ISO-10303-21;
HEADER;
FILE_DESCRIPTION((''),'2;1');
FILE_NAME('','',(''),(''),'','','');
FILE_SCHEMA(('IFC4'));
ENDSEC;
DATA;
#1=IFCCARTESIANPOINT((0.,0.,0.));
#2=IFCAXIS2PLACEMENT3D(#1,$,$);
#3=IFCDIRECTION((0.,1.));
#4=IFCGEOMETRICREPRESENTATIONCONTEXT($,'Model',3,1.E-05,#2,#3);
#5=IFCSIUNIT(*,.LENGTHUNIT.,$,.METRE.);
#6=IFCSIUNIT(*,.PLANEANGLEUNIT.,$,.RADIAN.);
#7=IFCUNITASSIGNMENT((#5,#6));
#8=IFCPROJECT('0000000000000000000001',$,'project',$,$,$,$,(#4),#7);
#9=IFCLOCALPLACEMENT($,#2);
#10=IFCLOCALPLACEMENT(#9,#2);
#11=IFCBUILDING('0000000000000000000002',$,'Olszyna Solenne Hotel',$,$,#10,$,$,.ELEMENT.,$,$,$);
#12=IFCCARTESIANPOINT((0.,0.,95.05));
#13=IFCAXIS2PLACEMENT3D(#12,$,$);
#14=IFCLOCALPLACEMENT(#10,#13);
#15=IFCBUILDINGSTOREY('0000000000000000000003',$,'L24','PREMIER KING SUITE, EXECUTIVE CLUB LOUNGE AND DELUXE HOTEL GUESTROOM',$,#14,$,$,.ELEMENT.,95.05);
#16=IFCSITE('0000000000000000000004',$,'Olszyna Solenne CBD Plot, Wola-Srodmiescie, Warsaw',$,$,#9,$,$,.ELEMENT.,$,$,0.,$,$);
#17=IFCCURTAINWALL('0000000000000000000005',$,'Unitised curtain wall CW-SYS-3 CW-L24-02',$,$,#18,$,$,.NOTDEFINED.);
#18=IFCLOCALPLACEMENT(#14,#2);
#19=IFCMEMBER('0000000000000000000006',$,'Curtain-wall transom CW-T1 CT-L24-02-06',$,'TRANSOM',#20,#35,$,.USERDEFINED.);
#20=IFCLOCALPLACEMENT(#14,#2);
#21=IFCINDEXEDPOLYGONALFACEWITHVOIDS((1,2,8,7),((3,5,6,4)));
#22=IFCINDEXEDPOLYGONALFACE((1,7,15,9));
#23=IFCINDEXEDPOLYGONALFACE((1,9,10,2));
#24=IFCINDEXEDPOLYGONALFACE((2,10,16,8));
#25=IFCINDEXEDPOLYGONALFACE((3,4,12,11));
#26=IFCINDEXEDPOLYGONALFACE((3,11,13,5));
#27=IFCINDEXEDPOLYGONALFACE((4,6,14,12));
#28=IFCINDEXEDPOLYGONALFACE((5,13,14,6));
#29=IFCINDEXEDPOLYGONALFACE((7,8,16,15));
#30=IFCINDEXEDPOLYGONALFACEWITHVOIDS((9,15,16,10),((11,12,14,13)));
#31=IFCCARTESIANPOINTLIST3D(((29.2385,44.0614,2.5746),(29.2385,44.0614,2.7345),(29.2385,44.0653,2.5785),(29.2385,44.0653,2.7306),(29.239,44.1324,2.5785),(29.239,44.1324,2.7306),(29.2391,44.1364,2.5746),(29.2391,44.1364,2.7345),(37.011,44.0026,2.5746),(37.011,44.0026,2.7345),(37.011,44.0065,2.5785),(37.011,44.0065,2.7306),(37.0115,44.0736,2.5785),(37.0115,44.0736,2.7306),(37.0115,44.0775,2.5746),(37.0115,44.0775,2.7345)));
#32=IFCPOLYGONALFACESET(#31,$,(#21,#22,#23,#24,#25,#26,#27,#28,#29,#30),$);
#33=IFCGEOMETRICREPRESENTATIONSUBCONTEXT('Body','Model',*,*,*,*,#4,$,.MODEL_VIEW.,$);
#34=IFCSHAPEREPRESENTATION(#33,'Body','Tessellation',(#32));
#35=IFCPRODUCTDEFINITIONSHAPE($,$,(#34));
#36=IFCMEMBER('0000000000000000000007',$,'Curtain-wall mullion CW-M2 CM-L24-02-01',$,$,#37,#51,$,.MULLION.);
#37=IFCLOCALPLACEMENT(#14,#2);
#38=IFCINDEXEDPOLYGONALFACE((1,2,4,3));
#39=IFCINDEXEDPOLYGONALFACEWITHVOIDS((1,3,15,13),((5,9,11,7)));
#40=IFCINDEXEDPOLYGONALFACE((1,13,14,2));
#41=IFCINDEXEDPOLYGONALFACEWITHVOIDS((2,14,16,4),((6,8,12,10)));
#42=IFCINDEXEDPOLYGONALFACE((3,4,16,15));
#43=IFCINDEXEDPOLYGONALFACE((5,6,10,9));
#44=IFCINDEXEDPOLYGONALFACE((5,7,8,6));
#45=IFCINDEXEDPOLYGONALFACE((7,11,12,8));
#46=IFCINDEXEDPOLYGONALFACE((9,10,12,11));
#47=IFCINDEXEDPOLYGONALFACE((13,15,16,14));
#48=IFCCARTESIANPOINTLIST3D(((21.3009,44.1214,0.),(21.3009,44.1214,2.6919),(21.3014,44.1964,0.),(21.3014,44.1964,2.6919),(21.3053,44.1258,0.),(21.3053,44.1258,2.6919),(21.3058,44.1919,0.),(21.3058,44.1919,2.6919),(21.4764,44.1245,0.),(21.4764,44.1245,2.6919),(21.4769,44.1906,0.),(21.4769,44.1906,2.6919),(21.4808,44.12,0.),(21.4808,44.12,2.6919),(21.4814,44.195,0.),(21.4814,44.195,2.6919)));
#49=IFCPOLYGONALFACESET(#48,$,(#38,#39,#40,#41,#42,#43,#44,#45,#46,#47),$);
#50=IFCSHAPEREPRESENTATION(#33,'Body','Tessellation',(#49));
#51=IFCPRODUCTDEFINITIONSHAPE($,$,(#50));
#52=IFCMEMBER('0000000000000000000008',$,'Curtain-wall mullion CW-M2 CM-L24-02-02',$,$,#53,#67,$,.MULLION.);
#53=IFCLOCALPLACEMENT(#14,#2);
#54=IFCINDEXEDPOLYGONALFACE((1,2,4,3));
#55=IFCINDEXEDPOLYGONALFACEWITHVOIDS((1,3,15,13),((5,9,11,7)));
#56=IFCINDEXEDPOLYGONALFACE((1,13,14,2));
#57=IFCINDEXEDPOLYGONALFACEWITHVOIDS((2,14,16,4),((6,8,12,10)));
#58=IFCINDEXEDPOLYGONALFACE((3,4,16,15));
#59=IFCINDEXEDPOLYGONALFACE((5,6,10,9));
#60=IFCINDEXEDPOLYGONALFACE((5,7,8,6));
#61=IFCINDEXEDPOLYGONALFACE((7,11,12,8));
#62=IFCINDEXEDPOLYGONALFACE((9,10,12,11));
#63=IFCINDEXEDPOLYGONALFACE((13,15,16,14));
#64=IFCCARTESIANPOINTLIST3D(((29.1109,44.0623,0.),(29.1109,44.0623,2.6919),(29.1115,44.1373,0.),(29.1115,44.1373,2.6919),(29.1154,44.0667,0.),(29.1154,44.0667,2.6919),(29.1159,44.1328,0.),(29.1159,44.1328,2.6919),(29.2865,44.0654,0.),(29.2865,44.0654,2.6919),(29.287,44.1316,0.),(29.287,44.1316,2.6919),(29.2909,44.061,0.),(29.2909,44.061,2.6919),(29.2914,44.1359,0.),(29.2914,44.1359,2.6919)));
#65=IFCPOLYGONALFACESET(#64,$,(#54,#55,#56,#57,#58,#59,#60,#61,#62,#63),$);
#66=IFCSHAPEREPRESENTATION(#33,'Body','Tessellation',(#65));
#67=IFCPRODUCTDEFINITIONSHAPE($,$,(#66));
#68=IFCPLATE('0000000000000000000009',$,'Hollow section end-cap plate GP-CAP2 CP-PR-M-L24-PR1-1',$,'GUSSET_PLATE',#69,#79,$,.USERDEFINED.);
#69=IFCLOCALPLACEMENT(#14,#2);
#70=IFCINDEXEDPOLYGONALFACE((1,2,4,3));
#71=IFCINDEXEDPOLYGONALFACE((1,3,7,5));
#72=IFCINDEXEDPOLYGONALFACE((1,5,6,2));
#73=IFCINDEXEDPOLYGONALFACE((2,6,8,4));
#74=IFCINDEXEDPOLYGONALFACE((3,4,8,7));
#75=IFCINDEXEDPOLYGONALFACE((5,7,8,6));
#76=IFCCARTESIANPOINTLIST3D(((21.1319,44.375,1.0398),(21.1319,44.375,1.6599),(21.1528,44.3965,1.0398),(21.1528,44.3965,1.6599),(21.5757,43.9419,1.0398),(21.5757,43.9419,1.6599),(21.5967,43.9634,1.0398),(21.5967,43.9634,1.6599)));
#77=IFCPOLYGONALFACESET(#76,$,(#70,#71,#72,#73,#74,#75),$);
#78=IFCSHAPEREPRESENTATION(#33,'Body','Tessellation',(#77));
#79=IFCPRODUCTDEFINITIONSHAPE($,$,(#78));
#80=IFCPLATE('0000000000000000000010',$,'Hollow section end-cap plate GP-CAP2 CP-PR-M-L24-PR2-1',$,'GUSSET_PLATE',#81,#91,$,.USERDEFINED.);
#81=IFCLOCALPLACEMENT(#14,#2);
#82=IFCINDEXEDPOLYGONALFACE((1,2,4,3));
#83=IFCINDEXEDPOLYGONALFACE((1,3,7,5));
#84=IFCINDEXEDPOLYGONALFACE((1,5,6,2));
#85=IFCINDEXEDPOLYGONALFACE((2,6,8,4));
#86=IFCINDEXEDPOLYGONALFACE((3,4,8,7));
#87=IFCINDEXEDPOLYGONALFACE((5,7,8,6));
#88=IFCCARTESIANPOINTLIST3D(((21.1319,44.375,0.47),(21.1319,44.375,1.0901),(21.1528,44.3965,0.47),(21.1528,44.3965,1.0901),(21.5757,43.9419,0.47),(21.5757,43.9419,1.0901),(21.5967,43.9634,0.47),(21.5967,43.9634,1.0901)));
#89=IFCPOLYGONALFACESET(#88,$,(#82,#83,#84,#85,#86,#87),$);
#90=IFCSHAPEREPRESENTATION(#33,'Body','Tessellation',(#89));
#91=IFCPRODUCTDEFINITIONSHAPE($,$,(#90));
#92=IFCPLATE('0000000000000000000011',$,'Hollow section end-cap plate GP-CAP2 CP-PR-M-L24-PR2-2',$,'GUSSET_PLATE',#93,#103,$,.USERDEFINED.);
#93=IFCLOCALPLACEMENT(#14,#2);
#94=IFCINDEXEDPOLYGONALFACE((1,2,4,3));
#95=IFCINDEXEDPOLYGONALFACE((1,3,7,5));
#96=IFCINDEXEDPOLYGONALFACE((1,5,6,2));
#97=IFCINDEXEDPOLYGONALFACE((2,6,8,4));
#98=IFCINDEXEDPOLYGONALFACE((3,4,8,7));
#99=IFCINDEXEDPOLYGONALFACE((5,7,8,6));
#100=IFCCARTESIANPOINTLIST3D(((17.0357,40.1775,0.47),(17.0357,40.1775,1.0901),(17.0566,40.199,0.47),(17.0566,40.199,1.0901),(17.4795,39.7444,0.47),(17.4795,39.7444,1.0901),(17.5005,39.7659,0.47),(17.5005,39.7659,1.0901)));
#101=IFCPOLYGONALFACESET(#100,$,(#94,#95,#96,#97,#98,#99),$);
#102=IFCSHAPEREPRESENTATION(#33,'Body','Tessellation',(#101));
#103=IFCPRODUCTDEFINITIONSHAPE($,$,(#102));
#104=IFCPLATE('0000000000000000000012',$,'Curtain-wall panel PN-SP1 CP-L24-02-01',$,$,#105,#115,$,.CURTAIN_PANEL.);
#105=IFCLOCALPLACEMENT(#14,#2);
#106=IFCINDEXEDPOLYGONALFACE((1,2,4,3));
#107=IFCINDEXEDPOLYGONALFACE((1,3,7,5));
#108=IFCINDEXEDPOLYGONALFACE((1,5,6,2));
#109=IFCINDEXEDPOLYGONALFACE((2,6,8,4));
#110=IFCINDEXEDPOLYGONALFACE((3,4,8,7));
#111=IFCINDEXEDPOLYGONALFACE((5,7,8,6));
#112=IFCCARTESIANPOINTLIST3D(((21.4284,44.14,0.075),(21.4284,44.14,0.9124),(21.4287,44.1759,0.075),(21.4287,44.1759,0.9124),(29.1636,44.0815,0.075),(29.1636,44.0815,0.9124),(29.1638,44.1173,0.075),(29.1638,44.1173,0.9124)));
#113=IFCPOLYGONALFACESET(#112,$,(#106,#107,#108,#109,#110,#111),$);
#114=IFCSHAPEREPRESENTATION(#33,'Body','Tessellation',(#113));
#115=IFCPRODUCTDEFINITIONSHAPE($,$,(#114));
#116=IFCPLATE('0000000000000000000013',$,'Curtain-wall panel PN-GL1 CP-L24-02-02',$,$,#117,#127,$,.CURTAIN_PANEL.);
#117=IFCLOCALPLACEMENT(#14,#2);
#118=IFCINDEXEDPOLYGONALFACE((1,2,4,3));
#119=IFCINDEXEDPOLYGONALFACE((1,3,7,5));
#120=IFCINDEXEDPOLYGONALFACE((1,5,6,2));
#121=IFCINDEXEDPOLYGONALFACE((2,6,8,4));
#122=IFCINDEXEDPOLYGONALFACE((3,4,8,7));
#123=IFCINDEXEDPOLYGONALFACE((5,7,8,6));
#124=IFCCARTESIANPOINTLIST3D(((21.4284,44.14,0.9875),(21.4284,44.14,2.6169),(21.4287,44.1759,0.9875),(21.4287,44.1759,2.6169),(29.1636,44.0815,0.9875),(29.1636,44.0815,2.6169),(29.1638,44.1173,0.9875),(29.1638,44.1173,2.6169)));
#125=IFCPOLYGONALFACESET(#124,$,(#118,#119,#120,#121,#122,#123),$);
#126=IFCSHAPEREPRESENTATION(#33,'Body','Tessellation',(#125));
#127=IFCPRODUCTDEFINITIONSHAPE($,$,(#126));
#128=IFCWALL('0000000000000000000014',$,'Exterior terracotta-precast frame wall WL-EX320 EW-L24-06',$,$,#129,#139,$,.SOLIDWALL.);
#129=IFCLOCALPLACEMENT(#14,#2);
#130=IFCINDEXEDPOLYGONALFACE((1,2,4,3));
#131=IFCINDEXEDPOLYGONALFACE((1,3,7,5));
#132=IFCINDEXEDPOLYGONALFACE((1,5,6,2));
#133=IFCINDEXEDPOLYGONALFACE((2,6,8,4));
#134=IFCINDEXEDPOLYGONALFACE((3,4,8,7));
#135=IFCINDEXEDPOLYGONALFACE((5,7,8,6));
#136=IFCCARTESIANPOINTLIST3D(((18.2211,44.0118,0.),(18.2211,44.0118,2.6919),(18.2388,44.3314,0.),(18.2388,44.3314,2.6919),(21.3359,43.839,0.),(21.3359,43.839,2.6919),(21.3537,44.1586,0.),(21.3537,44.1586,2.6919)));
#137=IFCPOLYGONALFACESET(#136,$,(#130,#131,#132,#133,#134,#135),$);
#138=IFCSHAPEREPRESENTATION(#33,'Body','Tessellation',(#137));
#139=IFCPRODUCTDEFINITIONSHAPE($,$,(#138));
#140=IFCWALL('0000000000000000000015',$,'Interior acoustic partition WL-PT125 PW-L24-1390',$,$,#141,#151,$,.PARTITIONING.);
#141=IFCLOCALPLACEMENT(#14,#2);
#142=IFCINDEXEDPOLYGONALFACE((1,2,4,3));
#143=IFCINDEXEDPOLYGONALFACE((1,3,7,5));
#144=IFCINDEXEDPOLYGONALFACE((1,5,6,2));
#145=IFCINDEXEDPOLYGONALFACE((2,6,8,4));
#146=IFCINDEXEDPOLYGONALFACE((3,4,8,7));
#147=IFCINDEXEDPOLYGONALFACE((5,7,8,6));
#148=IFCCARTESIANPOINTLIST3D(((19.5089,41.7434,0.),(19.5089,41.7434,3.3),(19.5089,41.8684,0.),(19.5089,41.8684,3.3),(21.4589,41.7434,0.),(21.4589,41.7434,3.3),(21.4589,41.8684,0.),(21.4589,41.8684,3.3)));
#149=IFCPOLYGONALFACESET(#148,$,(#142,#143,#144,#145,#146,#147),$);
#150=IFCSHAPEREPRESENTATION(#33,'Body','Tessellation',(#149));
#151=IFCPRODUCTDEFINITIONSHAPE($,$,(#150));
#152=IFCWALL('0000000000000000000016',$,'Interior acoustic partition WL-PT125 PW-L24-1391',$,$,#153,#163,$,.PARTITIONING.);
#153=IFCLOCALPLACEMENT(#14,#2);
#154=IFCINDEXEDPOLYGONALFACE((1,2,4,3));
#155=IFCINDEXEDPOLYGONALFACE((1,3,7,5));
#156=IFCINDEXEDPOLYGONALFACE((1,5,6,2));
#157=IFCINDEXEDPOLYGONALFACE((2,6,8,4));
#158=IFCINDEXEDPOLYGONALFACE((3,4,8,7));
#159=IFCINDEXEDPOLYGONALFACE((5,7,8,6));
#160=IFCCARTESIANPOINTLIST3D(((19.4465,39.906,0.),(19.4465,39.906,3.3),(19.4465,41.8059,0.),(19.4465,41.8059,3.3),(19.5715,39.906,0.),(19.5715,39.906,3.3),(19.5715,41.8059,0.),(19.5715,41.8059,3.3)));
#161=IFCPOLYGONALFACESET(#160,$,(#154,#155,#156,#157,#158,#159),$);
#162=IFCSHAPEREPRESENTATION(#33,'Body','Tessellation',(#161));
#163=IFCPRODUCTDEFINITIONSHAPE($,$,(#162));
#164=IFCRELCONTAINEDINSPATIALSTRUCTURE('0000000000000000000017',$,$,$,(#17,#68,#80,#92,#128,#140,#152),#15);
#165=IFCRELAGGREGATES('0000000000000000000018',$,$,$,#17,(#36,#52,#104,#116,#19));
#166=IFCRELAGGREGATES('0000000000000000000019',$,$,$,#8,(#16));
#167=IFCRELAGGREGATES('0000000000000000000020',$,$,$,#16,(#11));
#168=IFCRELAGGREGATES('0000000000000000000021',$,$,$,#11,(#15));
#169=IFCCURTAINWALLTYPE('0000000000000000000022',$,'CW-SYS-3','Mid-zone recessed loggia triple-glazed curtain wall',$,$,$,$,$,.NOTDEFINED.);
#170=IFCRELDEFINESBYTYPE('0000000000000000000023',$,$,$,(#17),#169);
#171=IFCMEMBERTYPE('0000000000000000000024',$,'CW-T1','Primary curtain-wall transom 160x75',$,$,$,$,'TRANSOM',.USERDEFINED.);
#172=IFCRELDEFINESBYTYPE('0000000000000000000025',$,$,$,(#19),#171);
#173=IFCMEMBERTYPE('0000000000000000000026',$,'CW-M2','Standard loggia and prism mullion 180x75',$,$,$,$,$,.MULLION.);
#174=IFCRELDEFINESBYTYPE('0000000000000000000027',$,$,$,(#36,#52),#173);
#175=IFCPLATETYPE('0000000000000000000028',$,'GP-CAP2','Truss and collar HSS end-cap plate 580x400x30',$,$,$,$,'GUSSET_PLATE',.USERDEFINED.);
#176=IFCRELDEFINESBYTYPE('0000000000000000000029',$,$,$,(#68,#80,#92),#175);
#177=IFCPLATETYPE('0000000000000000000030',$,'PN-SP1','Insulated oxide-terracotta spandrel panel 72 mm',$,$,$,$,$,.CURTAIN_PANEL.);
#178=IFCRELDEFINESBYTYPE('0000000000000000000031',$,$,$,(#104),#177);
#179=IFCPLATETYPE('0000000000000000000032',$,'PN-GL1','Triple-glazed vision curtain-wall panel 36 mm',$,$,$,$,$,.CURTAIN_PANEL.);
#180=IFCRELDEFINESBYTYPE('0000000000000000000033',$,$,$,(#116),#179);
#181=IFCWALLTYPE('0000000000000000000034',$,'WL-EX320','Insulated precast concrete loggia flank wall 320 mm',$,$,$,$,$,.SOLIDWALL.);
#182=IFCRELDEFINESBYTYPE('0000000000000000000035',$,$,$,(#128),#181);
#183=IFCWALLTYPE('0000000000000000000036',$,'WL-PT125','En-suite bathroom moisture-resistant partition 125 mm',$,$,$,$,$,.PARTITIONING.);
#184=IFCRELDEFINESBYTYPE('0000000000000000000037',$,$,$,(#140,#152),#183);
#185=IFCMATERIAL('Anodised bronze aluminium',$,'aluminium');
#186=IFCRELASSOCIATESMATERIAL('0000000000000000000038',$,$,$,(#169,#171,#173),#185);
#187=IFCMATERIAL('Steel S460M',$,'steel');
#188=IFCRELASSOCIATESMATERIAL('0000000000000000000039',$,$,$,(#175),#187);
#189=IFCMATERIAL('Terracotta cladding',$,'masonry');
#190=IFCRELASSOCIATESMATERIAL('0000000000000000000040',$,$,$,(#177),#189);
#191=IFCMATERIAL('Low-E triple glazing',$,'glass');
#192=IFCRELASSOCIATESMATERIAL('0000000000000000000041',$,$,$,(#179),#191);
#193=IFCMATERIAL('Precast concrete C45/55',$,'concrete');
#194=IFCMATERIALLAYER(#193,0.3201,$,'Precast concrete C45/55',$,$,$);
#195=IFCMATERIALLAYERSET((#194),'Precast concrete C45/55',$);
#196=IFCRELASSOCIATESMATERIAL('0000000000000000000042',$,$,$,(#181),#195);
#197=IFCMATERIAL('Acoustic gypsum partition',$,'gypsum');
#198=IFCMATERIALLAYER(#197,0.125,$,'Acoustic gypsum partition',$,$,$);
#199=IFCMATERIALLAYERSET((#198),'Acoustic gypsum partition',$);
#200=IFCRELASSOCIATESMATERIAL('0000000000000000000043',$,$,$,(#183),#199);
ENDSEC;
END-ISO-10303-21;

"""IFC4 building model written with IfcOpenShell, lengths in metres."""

from ifc_helpers import new_model, si_unit, direction, frame, frame_2d, origin, origin_2d, place, context, subcontext, project, spatial, rectangle, hollow_rectangle, extrude, source, transform, mapped, material, layer, layer_set, material_profile, profile_set, type_object, element, aggregate, save


model = new_model("IFC4")

# Units and contexts
model_context = context("Model", 3, precision=1e-05, world=origin(), true_north=direction((0.0, 1.0)))
body_context = subcontext(model_context, "Body", "Model", "MODEL_VIEW")
ifc_project = project(units=[si_unit("LENGTHUNIT", "METRE"), si_unit("PLANEANGLEUNIT", "RADIAN")], contexts=[model_context])

# Site, building, storey
site_placement = place(None, origin())
site = spatial("IfcSite", under=ifc_project, at=site_placement, Name="Olszyna Solenne CBD Plot, Wola-Srodmiescie, Warsaw", CompositionType="ELEMENT", RefElevation=0.0)
building_placement = place(site_placement, origin())
building = spatial("IfcBuilding", under=site, at=building_placement, Name="Olszyna Solenne Hotel", CompositionType="ELEMENT")
storey_placement = place(building_placement, frame((0.0, 0.0, 95.05)))
storey = spatial("IfcBuildingStorey", under=building, at=storey_placement, Name="L24", Description="PREMIER KING SUITE, EXECUTIVE CLUB LOUNGE AND DELUXE HOTEL GUESTROOM", CompositionType="ELEMENT", Elevation=95.05)

# Shared definitions
ifc_material_1 = material(Name="Steel S460M", Category="steel")

# Curtain wall, members
ifc_material_2 = material(Name="Anodised bronze aluminium", Category="aluminium")
curtain_wall_type = type_object("IfcCurtainWallType", Name="CW-SYS-3", Description="Mid-zone recessed loggia triple-glazed curtain wall", PredefinedType="NOTDEFINED", material=ifc_material_2)
curtain_wall_placement = place(storey_placement, origin())
curtain_wall = element("IfcCurtainWall", 1, at=curtain_wall_placement, inside=storey, type_object=curtain_wall_type, Name="Unitised curtain wall CW-SYS-3 CW-L24-02", PredefinedType="NOTDEFINED")
ifc_material_profile_1 = material_profile(ifc_material_2, hollow_rectangle(XDim=0.075, YDim=0.1599, WallThickness=0.0039, at=origin_2d()), Name="TRAN 160x75x4", Category="load-bearing")
ifc_profile_set_1 = profile_set([ifc_material_profile_1], Name="Anodised bronze aluminium")
member_type_1 = type_object("IfcMemberType", Name="CW-T1", Description="Primary curtain-wall transom 160x75", ElementType="TRANSOM", PredefinedType="USERDEFINED", material=ifc_profile_set_1)
shared_shape_1 = source(origin(), body_context, "Body", "SweptSolid", [
    extrude(hollow_rectangle(XDim=0.075, YDim=0.1599, WallThickness=0.0039, at=origin_2d()), origin(), (0.0, 0.0, 1.0), 7.7727),
])
member_1_placement = place(storey_placement, frame((29.2388, 44.0989, 2.6545), z_axis=(0.999971, -0.00757, 0.0), x_axis=(0.00757, 0.999971, 0.0)))
member_1 = element("IfcMember", 2, at=member_1_placement, type_object=member_type_1, Name="Curtain-wall transom CW-T1 CT-L24-02-06", ObjectType="TRANSOM", PredefinedType="USERDEFINED", context=body_context, shape_type="MappedRepresentation", body=[
    mapped(shared_shape_1, transform((0.0, 0.0, 0.0), x_axis=(1.0, 0.0, 0.0), y_axis=(0.0, 1.0, 0.0), z_axis=(0.0, 0.0, 1.0), scale=1.0)),
])
ifc_material_profile_2 = material_profile(ifc_material_2, hollow_rectangle(XDim=0.075, YDim=0.1799, WallThickness=0.0044, at=origin_2d()), Name="MULL 180x75x4.5", Category="load-bearing")
ifc_profile_set_2 = profile_set([ifc_material_profile_2], Name="Anodised bronze aluminium")
member_type_2 = type_object("IfcMemberType", Name="CW-M2", Description="Standard loggia and prism mullion 180x75", PredefinedType="MULLION", material=ifc_profile_set_2)
shared_shape_2 = source(origin(), body_context, "Body", "SweptSolid", [
    extrude(hollow_rectangle(XDim=0.075, YDim=0.1799, WallThickness=0.0044, at=origin_2d()), origin(), (0.0, 0.0, 1.0), 2.6919),
])
member_2_placement = place(storey_placement, frame((21.3911, 44.1582, 0.0), z_axis=(0.0, 0.0, 1.0), x_axis=(0.007565, 0.999971, 0.0)))
member_2 = element("IfcMember", 3, at=member_2_placement, type_object=member_type_2, Name="Curtain-wall mullion CW-M2 CM-L24-02-01", PredefinedType="MULLION", context=body_context, shape_type="MappedRepresentation", body=[
    mapped(shared_shape_2, transform((0.0, 0.0, 0.0), x_axis=(1.0, 0.0, 0.0), y_axis=(0.0, 1.0, 0.0), z_axis=(0.0, 0.0, 1.0), scale=1.0)),
])
member_3_placement = place(storey_placement, frame((29.2012, 44.0991, 0.0), z_axis=(0.0, 0.0, 1.0), x_axis=(0.007565, 0.999971, 0.0)))
member_3 = element("IfcMember", 4, at=member_3_placement, type_object=member_type_2, Name="Curtain-wall mullion CW-M2 CM-L24-02-02", PredefinedType="MULLION", context=body_context, shape_type="MappedRepresentation", body=[
    mapped(shared_shape_2, transform((0.0, 0.0, 0.0), x_axis=(1.0, 0.0, 0.0), y_axis=(0.0, 1.0, 0.0), z_axis=(0.0, 0.0, 1.0), scale=1.0)),
])

# Plates
plate_type_1 = type_object("IfcPlateType", Name="GP-CAP2", Description="Truss and collar HSS end-cap plate 580x400x30", ElementType="GUSSET_PLATE", PredefinedType="USERDEFINED", material=ifc_material_1)
shared_shape_3 = source(origin(), body_context, "Body", "SweptSolid", [
    extrude(rectangle(XDim=0.03, YDim=0.6201, at=origin_2d()), origin(), (0.0, 0.0, 1.0), 0.6201),
])
for number, where, z_axis, x_axis, name in (
    (5, (21.3643, 44.1692, 1.0398), (0.0, 0.0, 1.0), (-0.698415, -0.715693, 0.0), "Hollow section end-cap plate GP-CAP2 CP-PR-M-L24-PR1-1"),
    (6, (21.3643, 44.1692, 0.47), (0.0, 0.0, 1.0), (-0.698415, -0.715693, 0.0), "Hollow section end-cap plate GP-CAP2 CP-PR-M-L24-PR2-1"),
    (7, (17.2681, 39.9717, 0.47), (0.0, 0.0, 1.0), (-0.698415, -0.715693, 0.0), "Hollow section end-cap plate GP-CAP2 CP-PR-M-L24-PR2-2"),
):
    element("IfcPlate", number, at=place(storey_placement, frame(where, z_axis=z_axis, x_axis=x_axis)), inside=storey, type_object=plate_type_1, Name=name, ObjectType="GUSSET_PLATE", PredefinedType="USERDEFINED", context=body_context, shape_type="MappedRepresentation", body=[
        mapped(shared_shape_3, transform((0.0, 0.0, 0.0), x_axis=(1.0, 0.0, 0.0), y_axis=(0.0, 1.0, 0.0), z_axis=(0.0, 0.0, 1.0), scale=1.0)),
    ])

# Plates
ifc_material_3 = material(Name="Terracotta cladding", Category="masonry")
plate_type_2 = type_object("IfcPlateType", Name="PN-SP1", Description="Insulated oxide-terracotta spandrel panel 72 mm", PredefinedType="CURTAIN_PANEL", material=ifc_material_3)
shared_shape_4 = source(origin(), body_context, "Body", "SweptSolid", [
    extrude(rectangle(XDim=7.7354, YDim=0.0359, at=origin_2d()), origin(), (0.0, 0.0, 1.0), 0.8374),
])
plate_1_placement = place(storey_placement, frame((25.2961, 44.1287, 0.075), z_axis=(0.0, 0.0, 1.0), x_axis=(0.999971, -0.007565, 0.0)))
plate_1 = element("IfcPlate", 8, at=plate_1_placement, type_object=plate_type_2, Name="Curtain-wall panel PN-SP1 CP-L24-02-01", PredefinedType="CURTAIN_PANEL", context=body_context, shape_type="MappedRepresentation", body=[
    mapped(shared_shape_4, transform((0.0, 0.0, 0.0), x_axis=(1.0, 0.0, 0.0), y_axis=(0.0, 1.0, 0.0), z_axis=(0.0, 0.0, 1.0), scale=1.0)),
])
ifc_material_4 = material(Name="Low-E triple glazing", Category="glass")
plate_type_3 = type_object("IfcPlateType", Name="PN-GL1", Description="Triple-glazed vision curtain-wall panel 36 mm", PredefinedType="CURTAIN_PANEL", material=ifc_material_4)
shared_shape_5 = source(origin(), body_context, "Body", "SweptSolid", [
    extrude(rectangle(XDim=7.7354, YDim=0.0359, at=origin_2d()), origin(), (0.0, 0.0, 1.0), 1.6294),
])
plate_2_placement = place(storey_placement, frame((25.2961, 44.1287, 0.9875), z_axis=(0.0, 0.0, 1.0), x_axis=(0.999971, -0.007565, 0.0)))
plate_2 = element("IfcPlate", 9, at=plate_2_placement, type_object=plate_type_3, Name="Curtain-wall panel PN-GL1 CP-L24-02-02", PredefinedType="CURTAIN_PANEL", context=body_context, shape_type="MappedRepresentation", body=[
    mapped(shared_shape_5, transform((0.0, 0.0, 0.0), x_axis=(1.0, 0.0, 0.0), y_axis=(0.0, 1.0, 0.0), z_axis=(0.0, 0.0, 1.0), scale=1.0)),
])
aggregate(curtain_wall, [member_2, member_3, plate_1, plate_2, member_1])

# Walls
ifc_material_5 = material(Name="Precast concrete C45/55", Category="concrete")
ifc_layer_1 = layer(ifc_material_5, 0.3201, Name="Precast concrete C45/55")
ifc_layer_set_1 = layer_set([ifc_layer_1], Name="Precast concrete C45/55")
wall_type_1 = type_object("IfcWallType", Name="WL-EX320", Description="Insulated precast concrete loggia flank wall 320 mm", PredefinedType="SOLIDWALL", material=ifc_layer_set_1)
wall_1_placement = place(storey_placement, frame((18.23, 44.1716, 0.0), z_axis=(0.0, 0.0, 1.0), x_axis=(0.998464, -0.055409, 0.0)))
element("IfcWall", 10, at=wall_1_placement, inside=storey, type_object=wall_type_1, Name="Exterior terracotta-precast frame wall WL-EX320 EW-L24-06", PredefinedType="SOLIDWALL", context=body_context, shape_type="SweptSolid", body=[
    extrude(rectangle(XDim=3.1196, YDim=0.3201, at=frame_2d((1.5598, 0.0))), origin(), (0.0, 0.0, 1.0), 2.6919),
])
ifc_material_6 = material(Name="Acoustic gypsum partition", Category="gypsum")
ifc_layer_2 = layer(ifc_material_6, 0.125, Name="Acoustic gypsum partition")
ifc_layer_set_2 = layer_set([ifc_layer_2], Name="Acoustic gypsum partition")
wall_type_2 = type_object("IfcWallType", Name="WL-PT125", Description="En-suite bathroom moisture-resistant partition 125 mm", PredefinedType="PARTITIONING", material=ifc_layer_set_2)
wall_2_placement = place(storey_placement, frame((21.459, 41.8059, 0.0), z_axis=(0.0, 0.0, 1.0), x_axis=(-1.0, 0.0, 0.0)))
element("IfcWall", 11, at=wall_2_placement, inside=storey, type_object=wall_type_2, Name="Interior acoustic partition WL-PT125 PW-L24-1390", PredefinedType="PARTITIONING", context=body_context, shape_type="SweptSolid", body=[
    extrude(rectangle(XDim=1.95, YDim=0.125, at=frame_2d((0.9751, 0.0))), origin(), (0.0, 0.0, 1.0), 3.3),
])
wall_3_placement = place(storey_placement, frame((19.509, 41.8059, 0.0), z_axis=(0.0, 0.0, 1.0), x_axis=(0.0, -1.0, 0.0)))
element("IfcWall", 12, at=wall_3_placement, inside=storey, type_object=wall_type_2, Name="Interior acoustic partition WL-PT125 PW-L24-1391", PredefinedType="PARTITIONING", context=body_context, shape_type="SweptSolid", body=[
    extrude(rectangle(XDim=1.8999, YDim=0.125, at=frame_2d((0.95, 0.0))), origin(), (0.0, 0.0, 1.0), 3.3),
])

save(model, "model.ifc")
